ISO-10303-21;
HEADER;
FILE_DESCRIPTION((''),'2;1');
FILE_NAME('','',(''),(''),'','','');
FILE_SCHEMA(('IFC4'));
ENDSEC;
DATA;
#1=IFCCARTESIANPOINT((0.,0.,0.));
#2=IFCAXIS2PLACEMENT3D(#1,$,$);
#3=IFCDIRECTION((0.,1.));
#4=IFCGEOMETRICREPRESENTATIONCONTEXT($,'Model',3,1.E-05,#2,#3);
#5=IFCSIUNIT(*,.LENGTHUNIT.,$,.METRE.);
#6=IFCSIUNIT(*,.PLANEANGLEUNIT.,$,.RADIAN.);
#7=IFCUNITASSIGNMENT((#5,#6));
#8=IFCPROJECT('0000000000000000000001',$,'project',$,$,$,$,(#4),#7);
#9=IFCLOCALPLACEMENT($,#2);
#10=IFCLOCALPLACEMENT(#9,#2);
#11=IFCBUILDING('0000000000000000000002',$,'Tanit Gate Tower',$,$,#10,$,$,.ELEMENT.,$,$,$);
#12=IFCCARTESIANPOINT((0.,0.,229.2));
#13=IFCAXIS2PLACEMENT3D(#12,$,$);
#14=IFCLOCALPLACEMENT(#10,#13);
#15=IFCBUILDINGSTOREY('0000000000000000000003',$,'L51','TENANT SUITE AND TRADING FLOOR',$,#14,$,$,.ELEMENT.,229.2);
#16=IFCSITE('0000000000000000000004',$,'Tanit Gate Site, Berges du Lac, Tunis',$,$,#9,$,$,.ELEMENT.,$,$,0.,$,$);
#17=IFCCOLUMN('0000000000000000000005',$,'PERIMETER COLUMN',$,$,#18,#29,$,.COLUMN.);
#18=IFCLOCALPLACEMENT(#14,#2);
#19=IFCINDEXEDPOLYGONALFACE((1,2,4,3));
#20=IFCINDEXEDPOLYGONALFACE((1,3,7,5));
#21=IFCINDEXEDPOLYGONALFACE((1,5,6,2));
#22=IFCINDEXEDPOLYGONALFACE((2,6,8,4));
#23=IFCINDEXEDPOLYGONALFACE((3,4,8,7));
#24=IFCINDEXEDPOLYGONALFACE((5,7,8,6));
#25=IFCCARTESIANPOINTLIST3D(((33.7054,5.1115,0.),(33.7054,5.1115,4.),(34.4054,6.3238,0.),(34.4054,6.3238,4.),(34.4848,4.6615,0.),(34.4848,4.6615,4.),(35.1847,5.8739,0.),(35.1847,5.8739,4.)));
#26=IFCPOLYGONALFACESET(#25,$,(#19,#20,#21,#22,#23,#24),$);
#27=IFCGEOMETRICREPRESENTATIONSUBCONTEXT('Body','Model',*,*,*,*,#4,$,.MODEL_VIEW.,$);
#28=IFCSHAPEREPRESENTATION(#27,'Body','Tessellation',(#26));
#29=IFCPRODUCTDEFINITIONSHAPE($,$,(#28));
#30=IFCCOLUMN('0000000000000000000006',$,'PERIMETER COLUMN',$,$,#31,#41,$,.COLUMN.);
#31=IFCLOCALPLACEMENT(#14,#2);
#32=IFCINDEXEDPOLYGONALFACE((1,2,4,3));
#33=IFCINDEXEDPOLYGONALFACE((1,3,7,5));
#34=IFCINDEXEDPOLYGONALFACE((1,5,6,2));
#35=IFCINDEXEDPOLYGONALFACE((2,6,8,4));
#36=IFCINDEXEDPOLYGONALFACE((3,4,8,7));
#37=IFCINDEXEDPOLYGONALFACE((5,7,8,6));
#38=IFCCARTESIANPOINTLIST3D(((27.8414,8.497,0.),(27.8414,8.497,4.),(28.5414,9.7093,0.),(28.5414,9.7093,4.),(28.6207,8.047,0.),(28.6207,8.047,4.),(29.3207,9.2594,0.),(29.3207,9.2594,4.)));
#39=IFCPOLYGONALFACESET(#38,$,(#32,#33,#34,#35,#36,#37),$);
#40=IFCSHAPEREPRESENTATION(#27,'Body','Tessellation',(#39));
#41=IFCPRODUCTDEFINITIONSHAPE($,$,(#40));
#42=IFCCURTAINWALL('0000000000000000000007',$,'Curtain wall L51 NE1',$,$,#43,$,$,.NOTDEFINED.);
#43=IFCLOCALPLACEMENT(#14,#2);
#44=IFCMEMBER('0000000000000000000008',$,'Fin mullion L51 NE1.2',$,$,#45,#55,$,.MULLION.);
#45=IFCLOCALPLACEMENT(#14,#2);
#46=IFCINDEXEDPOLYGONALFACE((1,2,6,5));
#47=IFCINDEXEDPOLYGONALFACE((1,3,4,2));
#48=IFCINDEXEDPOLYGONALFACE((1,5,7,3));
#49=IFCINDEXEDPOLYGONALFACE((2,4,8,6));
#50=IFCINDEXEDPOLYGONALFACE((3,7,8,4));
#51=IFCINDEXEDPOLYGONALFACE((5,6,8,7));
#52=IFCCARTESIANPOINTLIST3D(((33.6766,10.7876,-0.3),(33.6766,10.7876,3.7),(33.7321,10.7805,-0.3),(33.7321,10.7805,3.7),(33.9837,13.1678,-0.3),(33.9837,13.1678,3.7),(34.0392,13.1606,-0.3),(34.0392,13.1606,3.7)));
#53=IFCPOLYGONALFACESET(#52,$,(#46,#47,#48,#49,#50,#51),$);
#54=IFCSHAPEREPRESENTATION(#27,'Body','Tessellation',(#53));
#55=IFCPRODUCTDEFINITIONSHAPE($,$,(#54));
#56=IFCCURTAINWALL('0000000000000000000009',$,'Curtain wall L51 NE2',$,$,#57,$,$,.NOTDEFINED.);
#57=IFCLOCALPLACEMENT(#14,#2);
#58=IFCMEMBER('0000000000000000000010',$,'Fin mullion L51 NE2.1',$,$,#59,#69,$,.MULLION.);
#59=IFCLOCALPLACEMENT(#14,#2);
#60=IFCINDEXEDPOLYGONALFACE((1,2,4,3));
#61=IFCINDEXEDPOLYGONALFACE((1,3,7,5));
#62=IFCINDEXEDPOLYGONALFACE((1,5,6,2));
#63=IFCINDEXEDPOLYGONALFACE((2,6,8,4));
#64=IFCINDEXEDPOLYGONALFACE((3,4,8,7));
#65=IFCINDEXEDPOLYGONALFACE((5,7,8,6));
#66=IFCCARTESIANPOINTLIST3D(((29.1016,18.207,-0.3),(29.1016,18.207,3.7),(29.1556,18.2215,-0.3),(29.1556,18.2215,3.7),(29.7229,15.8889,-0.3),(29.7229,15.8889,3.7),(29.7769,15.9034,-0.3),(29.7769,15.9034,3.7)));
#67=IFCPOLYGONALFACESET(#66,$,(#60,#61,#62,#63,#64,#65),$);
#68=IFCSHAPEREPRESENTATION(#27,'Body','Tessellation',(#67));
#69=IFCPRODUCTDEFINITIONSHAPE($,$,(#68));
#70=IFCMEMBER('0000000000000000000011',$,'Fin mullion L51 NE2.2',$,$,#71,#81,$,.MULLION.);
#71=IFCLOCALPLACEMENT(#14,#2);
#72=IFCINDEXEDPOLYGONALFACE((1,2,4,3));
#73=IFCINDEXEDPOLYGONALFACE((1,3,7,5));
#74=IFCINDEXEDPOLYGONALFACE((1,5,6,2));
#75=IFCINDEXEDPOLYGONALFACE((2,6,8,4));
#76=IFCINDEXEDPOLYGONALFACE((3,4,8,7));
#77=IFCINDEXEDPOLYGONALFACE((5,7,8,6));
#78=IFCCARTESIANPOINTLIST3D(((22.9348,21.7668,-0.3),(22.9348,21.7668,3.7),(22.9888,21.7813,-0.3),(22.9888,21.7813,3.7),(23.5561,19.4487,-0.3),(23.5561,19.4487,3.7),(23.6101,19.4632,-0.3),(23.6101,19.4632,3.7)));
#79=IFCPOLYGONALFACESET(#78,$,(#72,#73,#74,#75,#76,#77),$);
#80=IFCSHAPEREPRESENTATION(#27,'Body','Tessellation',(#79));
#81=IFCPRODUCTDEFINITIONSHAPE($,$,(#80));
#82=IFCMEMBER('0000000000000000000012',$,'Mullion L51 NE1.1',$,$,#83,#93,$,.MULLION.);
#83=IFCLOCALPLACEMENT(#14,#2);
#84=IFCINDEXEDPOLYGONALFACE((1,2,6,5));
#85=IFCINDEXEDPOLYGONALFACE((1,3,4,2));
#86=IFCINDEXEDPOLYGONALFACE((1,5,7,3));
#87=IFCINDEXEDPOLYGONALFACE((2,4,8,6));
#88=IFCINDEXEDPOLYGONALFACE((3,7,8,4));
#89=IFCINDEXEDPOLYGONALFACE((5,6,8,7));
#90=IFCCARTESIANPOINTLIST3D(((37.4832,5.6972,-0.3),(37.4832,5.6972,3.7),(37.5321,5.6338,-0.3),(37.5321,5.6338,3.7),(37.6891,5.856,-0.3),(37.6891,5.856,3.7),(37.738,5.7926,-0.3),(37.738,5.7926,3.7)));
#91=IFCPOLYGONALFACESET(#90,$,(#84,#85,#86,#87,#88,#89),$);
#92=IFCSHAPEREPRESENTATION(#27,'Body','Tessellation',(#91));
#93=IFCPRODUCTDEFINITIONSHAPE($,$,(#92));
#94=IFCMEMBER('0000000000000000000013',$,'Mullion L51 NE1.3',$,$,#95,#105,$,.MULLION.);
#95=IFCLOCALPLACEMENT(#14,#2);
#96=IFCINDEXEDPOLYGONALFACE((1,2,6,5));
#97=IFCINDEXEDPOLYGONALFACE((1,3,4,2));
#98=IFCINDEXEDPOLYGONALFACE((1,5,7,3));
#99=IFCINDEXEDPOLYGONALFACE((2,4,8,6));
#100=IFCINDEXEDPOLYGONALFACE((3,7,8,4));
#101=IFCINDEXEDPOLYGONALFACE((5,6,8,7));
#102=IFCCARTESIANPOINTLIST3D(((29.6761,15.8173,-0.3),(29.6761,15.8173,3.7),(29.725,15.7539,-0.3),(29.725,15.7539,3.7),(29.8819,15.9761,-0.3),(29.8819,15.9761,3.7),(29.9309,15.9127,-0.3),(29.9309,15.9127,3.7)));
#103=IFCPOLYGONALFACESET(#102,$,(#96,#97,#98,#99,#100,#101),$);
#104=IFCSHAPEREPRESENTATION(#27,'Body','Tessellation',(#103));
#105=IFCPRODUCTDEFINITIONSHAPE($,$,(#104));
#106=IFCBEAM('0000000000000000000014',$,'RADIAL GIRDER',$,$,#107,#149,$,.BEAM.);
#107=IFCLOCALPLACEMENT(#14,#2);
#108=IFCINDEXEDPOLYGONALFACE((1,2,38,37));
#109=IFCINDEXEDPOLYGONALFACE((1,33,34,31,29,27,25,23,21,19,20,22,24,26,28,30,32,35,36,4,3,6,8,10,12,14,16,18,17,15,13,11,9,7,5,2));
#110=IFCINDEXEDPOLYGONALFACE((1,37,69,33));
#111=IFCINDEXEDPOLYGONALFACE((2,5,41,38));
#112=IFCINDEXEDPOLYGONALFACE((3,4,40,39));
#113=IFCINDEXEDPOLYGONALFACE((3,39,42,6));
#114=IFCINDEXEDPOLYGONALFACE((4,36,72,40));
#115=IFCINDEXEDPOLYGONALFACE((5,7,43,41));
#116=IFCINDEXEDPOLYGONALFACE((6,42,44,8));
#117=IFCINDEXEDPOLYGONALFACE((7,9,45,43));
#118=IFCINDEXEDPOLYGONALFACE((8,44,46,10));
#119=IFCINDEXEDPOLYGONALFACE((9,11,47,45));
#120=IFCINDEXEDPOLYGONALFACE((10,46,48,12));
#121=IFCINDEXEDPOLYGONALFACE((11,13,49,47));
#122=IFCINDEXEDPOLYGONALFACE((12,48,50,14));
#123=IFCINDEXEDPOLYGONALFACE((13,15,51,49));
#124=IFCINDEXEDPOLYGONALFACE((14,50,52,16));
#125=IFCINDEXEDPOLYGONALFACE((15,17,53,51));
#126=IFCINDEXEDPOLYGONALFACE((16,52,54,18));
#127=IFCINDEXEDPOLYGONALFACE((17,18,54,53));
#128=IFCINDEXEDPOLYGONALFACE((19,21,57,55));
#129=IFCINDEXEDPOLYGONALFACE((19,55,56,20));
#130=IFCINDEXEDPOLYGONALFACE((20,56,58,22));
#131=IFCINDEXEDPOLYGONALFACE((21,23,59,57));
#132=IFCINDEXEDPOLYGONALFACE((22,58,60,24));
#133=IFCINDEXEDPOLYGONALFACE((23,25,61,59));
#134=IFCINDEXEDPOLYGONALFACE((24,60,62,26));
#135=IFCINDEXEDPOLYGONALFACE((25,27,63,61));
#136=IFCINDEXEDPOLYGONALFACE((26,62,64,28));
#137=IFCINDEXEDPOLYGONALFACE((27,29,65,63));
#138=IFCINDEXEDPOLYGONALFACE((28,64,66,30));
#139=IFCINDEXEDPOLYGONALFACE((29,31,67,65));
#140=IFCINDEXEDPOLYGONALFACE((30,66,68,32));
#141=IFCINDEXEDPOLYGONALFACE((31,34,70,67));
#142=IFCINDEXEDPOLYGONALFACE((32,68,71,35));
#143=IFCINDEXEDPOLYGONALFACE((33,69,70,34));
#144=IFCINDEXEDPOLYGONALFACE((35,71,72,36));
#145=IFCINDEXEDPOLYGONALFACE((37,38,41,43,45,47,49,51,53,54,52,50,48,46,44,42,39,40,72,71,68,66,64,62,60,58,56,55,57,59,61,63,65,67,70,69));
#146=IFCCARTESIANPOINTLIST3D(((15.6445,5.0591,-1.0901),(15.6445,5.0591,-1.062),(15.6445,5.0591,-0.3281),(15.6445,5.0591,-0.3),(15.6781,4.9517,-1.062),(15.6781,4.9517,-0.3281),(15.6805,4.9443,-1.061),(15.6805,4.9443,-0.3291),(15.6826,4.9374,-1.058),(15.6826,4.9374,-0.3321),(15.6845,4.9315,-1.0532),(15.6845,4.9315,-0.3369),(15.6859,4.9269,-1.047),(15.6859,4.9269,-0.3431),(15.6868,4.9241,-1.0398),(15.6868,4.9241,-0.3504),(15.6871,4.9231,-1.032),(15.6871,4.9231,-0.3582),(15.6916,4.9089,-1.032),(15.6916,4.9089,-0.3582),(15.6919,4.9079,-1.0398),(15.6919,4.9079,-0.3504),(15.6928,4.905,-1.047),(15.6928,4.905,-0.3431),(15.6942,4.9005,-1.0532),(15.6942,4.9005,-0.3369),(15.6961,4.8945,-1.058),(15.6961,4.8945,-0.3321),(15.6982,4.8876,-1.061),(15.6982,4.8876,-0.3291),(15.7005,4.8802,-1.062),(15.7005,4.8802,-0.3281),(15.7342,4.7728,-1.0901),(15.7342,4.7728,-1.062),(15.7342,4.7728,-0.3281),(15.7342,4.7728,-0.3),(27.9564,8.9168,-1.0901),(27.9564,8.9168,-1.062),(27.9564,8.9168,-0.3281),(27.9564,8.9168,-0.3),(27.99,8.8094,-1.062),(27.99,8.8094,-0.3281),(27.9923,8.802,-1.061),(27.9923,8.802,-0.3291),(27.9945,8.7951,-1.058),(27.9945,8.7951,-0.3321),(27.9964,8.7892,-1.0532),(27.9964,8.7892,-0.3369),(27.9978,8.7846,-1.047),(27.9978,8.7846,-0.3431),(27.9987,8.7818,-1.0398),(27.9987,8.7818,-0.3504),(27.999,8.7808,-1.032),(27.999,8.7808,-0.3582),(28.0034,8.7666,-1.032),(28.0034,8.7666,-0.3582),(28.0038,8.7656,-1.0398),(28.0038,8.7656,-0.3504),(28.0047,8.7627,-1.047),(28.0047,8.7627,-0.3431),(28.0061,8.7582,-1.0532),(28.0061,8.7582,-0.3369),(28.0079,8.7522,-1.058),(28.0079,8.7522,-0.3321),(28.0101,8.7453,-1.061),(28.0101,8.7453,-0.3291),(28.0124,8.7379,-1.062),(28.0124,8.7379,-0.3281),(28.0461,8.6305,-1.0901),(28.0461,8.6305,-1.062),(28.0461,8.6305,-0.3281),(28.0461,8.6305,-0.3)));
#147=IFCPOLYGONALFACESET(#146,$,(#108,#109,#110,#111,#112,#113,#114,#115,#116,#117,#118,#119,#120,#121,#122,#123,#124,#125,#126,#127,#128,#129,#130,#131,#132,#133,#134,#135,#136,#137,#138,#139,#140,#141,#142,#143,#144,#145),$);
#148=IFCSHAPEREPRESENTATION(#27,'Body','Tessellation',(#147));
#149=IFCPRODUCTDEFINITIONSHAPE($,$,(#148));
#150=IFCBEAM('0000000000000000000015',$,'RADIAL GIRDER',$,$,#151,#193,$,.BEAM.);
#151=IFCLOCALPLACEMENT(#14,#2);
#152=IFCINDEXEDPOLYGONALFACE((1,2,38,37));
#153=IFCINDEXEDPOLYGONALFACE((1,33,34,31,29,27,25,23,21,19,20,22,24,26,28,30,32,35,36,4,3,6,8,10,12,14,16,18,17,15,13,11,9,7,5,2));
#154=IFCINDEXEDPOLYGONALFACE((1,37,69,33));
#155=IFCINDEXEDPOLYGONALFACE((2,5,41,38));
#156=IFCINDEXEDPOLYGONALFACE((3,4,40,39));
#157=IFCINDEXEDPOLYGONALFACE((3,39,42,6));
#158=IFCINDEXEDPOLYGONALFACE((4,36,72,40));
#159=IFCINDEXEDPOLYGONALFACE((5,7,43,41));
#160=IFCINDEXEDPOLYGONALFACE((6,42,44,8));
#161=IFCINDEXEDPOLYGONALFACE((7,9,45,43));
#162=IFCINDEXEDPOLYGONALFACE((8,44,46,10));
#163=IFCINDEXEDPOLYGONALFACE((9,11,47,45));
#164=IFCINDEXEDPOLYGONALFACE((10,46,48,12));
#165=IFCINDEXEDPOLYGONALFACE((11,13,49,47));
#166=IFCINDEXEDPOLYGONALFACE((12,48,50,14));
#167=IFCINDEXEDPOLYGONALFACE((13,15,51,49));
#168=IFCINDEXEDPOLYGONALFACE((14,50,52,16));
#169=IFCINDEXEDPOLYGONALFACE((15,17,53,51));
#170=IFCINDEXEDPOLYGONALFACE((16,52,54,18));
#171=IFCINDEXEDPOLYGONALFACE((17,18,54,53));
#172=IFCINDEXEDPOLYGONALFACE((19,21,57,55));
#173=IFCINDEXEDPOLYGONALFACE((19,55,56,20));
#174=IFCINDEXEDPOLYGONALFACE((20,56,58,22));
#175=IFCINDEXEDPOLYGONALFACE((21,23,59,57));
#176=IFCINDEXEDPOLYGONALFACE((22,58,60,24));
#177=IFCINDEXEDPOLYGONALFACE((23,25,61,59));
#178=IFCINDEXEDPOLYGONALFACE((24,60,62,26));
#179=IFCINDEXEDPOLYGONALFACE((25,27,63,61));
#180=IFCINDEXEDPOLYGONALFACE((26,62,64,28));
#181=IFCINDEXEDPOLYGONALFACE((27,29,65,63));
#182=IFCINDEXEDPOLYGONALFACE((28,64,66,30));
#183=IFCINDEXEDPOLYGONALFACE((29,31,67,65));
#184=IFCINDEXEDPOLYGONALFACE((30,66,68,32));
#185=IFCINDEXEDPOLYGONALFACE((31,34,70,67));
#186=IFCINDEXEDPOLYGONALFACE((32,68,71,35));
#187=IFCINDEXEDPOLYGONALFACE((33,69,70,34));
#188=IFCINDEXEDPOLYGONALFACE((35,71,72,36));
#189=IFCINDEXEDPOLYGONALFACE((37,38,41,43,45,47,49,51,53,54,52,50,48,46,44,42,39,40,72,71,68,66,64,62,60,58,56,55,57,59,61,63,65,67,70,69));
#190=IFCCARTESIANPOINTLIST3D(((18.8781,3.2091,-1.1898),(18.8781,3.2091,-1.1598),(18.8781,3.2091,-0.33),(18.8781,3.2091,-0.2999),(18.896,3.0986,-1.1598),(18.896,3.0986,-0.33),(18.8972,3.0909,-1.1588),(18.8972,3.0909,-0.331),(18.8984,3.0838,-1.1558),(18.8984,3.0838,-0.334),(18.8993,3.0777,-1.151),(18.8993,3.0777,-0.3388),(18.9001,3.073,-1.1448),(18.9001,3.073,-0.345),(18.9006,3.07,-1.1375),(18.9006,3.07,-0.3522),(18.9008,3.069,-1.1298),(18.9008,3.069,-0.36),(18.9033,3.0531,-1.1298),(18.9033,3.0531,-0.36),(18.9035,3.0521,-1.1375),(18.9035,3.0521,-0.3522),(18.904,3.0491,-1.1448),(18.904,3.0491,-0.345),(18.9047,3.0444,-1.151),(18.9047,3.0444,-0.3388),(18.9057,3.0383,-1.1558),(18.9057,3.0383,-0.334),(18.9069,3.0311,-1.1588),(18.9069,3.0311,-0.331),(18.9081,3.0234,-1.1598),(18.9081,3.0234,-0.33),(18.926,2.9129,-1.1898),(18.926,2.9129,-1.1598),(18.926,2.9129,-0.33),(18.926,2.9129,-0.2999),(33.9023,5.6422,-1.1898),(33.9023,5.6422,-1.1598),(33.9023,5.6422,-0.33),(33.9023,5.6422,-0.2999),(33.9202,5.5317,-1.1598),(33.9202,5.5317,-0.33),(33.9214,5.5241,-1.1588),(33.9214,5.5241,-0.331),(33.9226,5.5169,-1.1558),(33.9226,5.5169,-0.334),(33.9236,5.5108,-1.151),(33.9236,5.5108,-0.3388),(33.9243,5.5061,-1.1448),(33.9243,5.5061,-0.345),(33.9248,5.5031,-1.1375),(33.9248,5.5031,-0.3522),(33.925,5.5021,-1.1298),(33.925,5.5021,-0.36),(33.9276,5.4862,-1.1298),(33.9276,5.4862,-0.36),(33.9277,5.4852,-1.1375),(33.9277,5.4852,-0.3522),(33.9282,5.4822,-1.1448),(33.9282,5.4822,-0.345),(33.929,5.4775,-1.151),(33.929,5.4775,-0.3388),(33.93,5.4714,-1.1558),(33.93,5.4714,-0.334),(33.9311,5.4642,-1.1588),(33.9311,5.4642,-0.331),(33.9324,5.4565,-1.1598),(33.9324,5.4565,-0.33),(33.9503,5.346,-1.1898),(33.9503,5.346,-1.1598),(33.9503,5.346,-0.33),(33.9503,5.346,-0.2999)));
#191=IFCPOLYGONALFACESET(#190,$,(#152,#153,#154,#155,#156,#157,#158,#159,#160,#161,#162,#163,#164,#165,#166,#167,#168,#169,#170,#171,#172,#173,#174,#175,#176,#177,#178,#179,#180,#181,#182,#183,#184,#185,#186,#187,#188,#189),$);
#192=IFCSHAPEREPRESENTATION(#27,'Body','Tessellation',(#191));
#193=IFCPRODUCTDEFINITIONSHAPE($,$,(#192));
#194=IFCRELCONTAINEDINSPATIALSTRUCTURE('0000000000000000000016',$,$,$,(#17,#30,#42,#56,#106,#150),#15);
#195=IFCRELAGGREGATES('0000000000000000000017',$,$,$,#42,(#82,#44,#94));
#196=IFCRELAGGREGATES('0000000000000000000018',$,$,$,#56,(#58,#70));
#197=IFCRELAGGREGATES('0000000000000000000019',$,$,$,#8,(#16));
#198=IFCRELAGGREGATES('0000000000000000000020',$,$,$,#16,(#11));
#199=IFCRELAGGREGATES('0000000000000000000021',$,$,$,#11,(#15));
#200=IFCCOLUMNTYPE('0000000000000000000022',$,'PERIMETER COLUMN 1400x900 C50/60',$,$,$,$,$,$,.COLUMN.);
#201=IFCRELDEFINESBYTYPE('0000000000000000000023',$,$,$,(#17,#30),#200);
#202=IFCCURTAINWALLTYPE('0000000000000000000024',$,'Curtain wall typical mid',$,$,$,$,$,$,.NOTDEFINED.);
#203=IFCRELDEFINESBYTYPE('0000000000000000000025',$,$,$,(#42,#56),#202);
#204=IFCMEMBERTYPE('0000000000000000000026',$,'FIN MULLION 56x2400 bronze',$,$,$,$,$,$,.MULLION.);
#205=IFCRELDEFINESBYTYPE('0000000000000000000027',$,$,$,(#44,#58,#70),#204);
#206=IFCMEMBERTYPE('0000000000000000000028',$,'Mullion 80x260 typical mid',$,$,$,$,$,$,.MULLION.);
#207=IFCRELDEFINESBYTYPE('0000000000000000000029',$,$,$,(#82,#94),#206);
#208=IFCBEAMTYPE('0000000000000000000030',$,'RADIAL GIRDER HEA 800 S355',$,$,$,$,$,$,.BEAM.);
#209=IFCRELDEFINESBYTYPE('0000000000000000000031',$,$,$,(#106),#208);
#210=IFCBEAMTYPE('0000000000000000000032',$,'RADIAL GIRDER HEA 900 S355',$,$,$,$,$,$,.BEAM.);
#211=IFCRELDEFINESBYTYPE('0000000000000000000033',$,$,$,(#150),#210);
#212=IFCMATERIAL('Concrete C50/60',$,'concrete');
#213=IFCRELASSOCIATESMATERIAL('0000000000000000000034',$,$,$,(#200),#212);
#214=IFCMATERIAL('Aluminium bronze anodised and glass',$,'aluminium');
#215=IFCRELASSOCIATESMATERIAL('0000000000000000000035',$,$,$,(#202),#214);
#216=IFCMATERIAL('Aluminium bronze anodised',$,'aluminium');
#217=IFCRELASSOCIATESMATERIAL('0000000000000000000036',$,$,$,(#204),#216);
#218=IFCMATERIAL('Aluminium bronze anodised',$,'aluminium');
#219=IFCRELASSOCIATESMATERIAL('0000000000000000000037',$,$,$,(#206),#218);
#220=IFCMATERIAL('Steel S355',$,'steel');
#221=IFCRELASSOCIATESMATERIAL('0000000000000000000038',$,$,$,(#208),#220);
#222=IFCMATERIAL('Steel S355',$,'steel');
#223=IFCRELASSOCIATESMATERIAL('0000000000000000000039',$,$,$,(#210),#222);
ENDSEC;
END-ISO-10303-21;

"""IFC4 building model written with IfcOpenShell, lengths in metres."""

from ifc_helpers import new_model, si_unit, direction, frame, origin, origin_2d, place, context, subcontext, project, spatial, rectangle, i_section, extrude, material, material_profile, profile_set, type_object, element, aggregate, save


model = new_model("IFC4")

# Units and contexts
model_context = context("Model", 3, precision=1e-05, world=origin(), true_north=direction((0.0, 1.0)))
body_context = subcontext(model_context, "Body", "Model", "MODEL_VIEW")
ifc_project = project(units=[si_unit("LENGTHUNIT", "METRE"), si_unit("PLANEANGLEUNIT", "RADIAN")], contexts=[model_context])

# Site, building, storey
site_placement = place(None, origin())
site = spatial("IfcSite", under=ifc_project, at=site_placement, Name="Tanit Gate Site, Berges du Lac, Tunis", CompositionType="ELEMENT", RefElevation=0.0)
building_placement = place(site_placement, origin())
building = spatial("IfcBuilding", under=site, at=building_placement, Name="Tanit Gate Tower", CompositionType="ELEMENT")
storey_placement = place(building_placement, frame((0.0, 0.0, 229.2)))
storey = spatial("IfcBuildingStorey", under=building, at=storey_placement, Name="L51", Description="TENANT SUITE AND TRADING FLOOR", CompositionType="ELEMENT", Elevation=229.2)

# Columns
ifc_material_1 = material(Name="Concrete C50/60", Category="concrete")
ifc_material_profile_1 = material_profile(ifc_material_1, rectangle(XDim=1.3999, YDim=0.8999, at=origin_2d()), Name="RC 1400x900")
ifc_profile_set_1 = profile_set([ifc_material_profile_1], Name="Concrete C50/60")
column_type = type_object("IfcColumnType", Name="PERIMETER COLUMN 1400x900 C50/60", PredefinedType="COLUMN", material=ifc_profile_set_1)
for number, where, z_axis, x_axis, name in (
    (1, (34.4451, 5.4927, 0.0), (0.0, 0.0, 1.0), (0.5, 0.866025, 0.0), "PERIMETER COLUMN"),
    (2, (28.5811, 8.8782, 0.0), (0.0, 0.0, 1.0), (0.5, 0.866025, 0.0), "PERIMETER COLUMN"),
):
    element("IfcColumn", number, at=place(storey_placement, frame(where, z_axis=z_axis, x_axis=x_axis)), inside=storey, type_object=column_type, Name=name, PredefinedType="COLUMN", context=body_context, shape_type="SweptSolid", body=[
        extrude(rectangle(XDim=1.3999, YDim=0.8999, at=origin_2d()), origin(), (0.0, 0.0, 1.0), 4.0),
    ])

# Curtain wall, member
ifc_material_2 = material(Name="Aluminium bronze anodised and glass", Category="aluminium")
curtain_wall_type = type_object("IfcCurtainWallType", Name="Curtain wall typical mid", PredefinedType="NOTDEFINED", material=ifc_material_2)
curtain_wall_1_placement = place(storey_placement, origin())
curtain_wall_1 = element("IfcCurtainWall", 3, at=curtain_wall_1_placement, inside=storey, type_object=curtain_wall_type, Name="Curtain wall L51 NE1", PredefinedType="NOTDEFINED")
ifc_material_3 = material(Name="Aluminium bronze anodised", Category="aluminium")
ifc_material_profile_2 = material_profile(ifc_material_3, rectangle(XDim=2.3999, YDim=0.0559, at=origin_2d()), Name="56x2400 bronze fin mullion")
ifc_profile_set_2 = profile_set([ifc_material_profile_2], Name="Aluminium bronze anodised")
member_type_1 = type_object("IfcMemberType", Name="FIN MULLION 56x2400 bronze", PredefinedType="MULLION", material=ifc_profile_set_2)
member_1_placement = place(storey_placement, frame((33.8579, 11.9741, -0.3), z_axis=(0.0, 0.0, 1.0), x_axis=(-0.127959, -0.991779, 0.0)))
member_1 = element("IfcMember", 4, at=member_1_placement, type_object=member_type_1, Name="Fin mullion L51 NE1.2", PredefinedType="MULLION", context=body_context, shape_type="SweptSolid", body=[
    extrude(rectangle(XDim=2.3999, YDim=0.0559, at=origin_2d()), origin(), (0.0, 0.0, 1.0), 4.0),
])

# Curtain wall, members
curtain_wall_2_placement = place(storey_placement, origin())
curtain_wall_2 = element("IfcCurtainWall", 5, at=curtain_wall_2_placement, inside=storey, type_object=curtain_wall_type, Name="Curtain wall L51 NE2", PredefinedType="NOTDEFINED")
member_2_placement = place(storey_placement, frame((29.4392, 17.0552, -0.3), z_axis=(0.0, 0.0, 1.0), x_axis=(0.258886, -0.965908, 0.0)))
member_2 = element("IfcMember", 6, at=member_2_placement, type_object=member_type_1, Name="Fin mullion L51 NE2.1", PredefinedType="MULLION", context=body_context, shape_type="SweptSolid", body=[
    extrude(rectangle(XDim=2.3999, YDim=0.0559, at=origin_2d()), origin(), (0.0, 0.0, 1.0), 4.0),
])
member_3_placement = place(storey_placement, frame((23.2725, 20.615, -0.3), z_axis=(0.0, 0.0, 1.0), x_axis=(0.258886, -0.965908, 0.0)))
member_3 = element("IfcMember", 7, at=member_3_placement, type_object=member_type_1, Name="Fin mullion L51 NE2.2", PredefinedType="MULLION", context=body_context, shape_type="SweptSolid", body=[
    extrude(rectangle(XDim=2.3999, YDim=0.0559, at=origin_2d()), origin(), (0.0, 0.0, 1.0), 4.0),
])

# Members
ifc_material_4 = material(Name="Aluminium bronze anodised", Category="aluminium")
ifc_material_profile_3 = material_profile(ifc_material_4, rectangle(XDim=0.26, YDim=0.0801, at=origin_2d()), Name="80x260 bronze mullion")
ifc_profile_set_3 = profile_set([ifc_material_profile_3], Name="Aluminium bronze anodised")
member_type_2 = type_object("IfcMemberType", Name="Mullion 80x260 typical mid", PredefinedType="MULLION", material=ifc_profile_set_3)
member_4_placement = place(storey_placement, frame((37.6106, 5.7449, -0.3), z_axis=(0.0, 0.0, 1.0), x_axis=(-0.791775, -0.610813, 0.0)))
member_4 = element("IfcMember", 8, at=member_4_placement, type_object=member_type_2, Name="Mullion L51 NE1.1", PredefinedType="MULLION", context=body_context, shape_type="SweptSolid", body=[
    extrude(rectangle(XDim=0.26, YDim=0.0801, at=origin_2d()), origin(), (0.0, 0.0, 1.0), 4.0),
])
member_5_placement = place(storey_placement, frame((29.8035, 15.865, -0.3), z_axis=(0.0, 0.0, 1.0), x_axis=(-0.791775, -0.610813, 0.0)))
member_5 = element("IfcMember", 9, at=member_5_placement, type_object=member_type_2, Name="Mullion L51 NE1.3", PredefinedType="MULLION", context=body_context, shape_type="SweptSolid", body=[
    extrude(rectangle(XDim=0.26, YDim=0.0801, at=origin_2d()), origin(), (0.0, 0.0, 1.0), 4.0),
])

# Beams
ifc_material_5 = material(Name="Steel S355", Category="steel")
ifc_material_profile_4 = material_profile(ifc_material_5, i_section(OverallWidth=0.3, OverallDepth=0.79, WebThickness=0.0149, FlangeThickness=0.0281, FilletRadius=0.03, at=origin_2d()), Name="HEA 800")
ifc_profile_set_4 = profile_set([ifc_material_profile_4], Name="Steel S355")
beam_type_1 = type_object("IfcBeamType", Name="RADIAL GIRDER HEA 800 S355", PredefinedType="BEAM", material=ifc_profile_set_4)
beam_1_placement = place(storey_placement, frame((28.0012, 8.7737, -0.6951), z_axis=(-0.954254, -0.298998, 0.0), x_axis=(0.298998, -0.954254, 0.0)))
element("IfcBeam", 10, at=beam_1_placement, inside=storey, type_object=beam_type_1, Name="RADIAL GIRDER", PredefinedType="BEAM", context=body_context, shape_type="SweptSolid", body=[
    extrude(i_section(OverallWidth=0.3, OverallDepth=0.79, WebThickness=0.0149, FlangeThickness=0.0281, FilletRadius=0.03, at=origin_2d()), origin(), (0.0, 0.0, 1.0), 12.9021),
])
ifc_material_6 = material(Name="Steel S355", Category="steel")
ifc_material_profile_5 = material_profile(ifc_material_6, i_section(OverallWidth=0.3, OverallDepth=0.8899, WebThickness=0.0161, FlangeThickness=0.03, FilletRadius=0.03, at=origin_2d()), Name="HEA 900")
ifc_profile_set_5 = profile_set([ifc_material_profile_5], Name="Steel S355")
beam_type_2 = type_object("IfcBeamType", Name="RADIAL GIRDER HEA 900 S355", PredefinedType="BEAM", material=ifc_profile_set_5)
beam_2_placement = place(storey_placement, frame((33.9263, 5.4941, -0.7449), z_axis=(-0.987139, -0.159863, 0.0), x_axis=(0.159863, -0.987139, 0.0)))
element("IfcBeam", 11, at=beam_2_placement, inside=storey, type_object=beam_type_2, Name="RADIAL GIRDER", PredefinedType="BEAM", context=body_context, shape_type="SweptSolid", body=[
    extrude(i_section(OverallWidth=0.3, OverallDepth=0.8899, WebThickness=0.0161, FlangeThickness=0.03, FilletRadius=0.03, at=origin_2d()), origin(), (0.0, 0.0, 1.0), 15.22),
])

aggregate(curtain_wall_1, [member_4, member_1, member_5])
aggregate(curtain_wall_2, [member_2, member_3])

save(model, "model.ifc")
